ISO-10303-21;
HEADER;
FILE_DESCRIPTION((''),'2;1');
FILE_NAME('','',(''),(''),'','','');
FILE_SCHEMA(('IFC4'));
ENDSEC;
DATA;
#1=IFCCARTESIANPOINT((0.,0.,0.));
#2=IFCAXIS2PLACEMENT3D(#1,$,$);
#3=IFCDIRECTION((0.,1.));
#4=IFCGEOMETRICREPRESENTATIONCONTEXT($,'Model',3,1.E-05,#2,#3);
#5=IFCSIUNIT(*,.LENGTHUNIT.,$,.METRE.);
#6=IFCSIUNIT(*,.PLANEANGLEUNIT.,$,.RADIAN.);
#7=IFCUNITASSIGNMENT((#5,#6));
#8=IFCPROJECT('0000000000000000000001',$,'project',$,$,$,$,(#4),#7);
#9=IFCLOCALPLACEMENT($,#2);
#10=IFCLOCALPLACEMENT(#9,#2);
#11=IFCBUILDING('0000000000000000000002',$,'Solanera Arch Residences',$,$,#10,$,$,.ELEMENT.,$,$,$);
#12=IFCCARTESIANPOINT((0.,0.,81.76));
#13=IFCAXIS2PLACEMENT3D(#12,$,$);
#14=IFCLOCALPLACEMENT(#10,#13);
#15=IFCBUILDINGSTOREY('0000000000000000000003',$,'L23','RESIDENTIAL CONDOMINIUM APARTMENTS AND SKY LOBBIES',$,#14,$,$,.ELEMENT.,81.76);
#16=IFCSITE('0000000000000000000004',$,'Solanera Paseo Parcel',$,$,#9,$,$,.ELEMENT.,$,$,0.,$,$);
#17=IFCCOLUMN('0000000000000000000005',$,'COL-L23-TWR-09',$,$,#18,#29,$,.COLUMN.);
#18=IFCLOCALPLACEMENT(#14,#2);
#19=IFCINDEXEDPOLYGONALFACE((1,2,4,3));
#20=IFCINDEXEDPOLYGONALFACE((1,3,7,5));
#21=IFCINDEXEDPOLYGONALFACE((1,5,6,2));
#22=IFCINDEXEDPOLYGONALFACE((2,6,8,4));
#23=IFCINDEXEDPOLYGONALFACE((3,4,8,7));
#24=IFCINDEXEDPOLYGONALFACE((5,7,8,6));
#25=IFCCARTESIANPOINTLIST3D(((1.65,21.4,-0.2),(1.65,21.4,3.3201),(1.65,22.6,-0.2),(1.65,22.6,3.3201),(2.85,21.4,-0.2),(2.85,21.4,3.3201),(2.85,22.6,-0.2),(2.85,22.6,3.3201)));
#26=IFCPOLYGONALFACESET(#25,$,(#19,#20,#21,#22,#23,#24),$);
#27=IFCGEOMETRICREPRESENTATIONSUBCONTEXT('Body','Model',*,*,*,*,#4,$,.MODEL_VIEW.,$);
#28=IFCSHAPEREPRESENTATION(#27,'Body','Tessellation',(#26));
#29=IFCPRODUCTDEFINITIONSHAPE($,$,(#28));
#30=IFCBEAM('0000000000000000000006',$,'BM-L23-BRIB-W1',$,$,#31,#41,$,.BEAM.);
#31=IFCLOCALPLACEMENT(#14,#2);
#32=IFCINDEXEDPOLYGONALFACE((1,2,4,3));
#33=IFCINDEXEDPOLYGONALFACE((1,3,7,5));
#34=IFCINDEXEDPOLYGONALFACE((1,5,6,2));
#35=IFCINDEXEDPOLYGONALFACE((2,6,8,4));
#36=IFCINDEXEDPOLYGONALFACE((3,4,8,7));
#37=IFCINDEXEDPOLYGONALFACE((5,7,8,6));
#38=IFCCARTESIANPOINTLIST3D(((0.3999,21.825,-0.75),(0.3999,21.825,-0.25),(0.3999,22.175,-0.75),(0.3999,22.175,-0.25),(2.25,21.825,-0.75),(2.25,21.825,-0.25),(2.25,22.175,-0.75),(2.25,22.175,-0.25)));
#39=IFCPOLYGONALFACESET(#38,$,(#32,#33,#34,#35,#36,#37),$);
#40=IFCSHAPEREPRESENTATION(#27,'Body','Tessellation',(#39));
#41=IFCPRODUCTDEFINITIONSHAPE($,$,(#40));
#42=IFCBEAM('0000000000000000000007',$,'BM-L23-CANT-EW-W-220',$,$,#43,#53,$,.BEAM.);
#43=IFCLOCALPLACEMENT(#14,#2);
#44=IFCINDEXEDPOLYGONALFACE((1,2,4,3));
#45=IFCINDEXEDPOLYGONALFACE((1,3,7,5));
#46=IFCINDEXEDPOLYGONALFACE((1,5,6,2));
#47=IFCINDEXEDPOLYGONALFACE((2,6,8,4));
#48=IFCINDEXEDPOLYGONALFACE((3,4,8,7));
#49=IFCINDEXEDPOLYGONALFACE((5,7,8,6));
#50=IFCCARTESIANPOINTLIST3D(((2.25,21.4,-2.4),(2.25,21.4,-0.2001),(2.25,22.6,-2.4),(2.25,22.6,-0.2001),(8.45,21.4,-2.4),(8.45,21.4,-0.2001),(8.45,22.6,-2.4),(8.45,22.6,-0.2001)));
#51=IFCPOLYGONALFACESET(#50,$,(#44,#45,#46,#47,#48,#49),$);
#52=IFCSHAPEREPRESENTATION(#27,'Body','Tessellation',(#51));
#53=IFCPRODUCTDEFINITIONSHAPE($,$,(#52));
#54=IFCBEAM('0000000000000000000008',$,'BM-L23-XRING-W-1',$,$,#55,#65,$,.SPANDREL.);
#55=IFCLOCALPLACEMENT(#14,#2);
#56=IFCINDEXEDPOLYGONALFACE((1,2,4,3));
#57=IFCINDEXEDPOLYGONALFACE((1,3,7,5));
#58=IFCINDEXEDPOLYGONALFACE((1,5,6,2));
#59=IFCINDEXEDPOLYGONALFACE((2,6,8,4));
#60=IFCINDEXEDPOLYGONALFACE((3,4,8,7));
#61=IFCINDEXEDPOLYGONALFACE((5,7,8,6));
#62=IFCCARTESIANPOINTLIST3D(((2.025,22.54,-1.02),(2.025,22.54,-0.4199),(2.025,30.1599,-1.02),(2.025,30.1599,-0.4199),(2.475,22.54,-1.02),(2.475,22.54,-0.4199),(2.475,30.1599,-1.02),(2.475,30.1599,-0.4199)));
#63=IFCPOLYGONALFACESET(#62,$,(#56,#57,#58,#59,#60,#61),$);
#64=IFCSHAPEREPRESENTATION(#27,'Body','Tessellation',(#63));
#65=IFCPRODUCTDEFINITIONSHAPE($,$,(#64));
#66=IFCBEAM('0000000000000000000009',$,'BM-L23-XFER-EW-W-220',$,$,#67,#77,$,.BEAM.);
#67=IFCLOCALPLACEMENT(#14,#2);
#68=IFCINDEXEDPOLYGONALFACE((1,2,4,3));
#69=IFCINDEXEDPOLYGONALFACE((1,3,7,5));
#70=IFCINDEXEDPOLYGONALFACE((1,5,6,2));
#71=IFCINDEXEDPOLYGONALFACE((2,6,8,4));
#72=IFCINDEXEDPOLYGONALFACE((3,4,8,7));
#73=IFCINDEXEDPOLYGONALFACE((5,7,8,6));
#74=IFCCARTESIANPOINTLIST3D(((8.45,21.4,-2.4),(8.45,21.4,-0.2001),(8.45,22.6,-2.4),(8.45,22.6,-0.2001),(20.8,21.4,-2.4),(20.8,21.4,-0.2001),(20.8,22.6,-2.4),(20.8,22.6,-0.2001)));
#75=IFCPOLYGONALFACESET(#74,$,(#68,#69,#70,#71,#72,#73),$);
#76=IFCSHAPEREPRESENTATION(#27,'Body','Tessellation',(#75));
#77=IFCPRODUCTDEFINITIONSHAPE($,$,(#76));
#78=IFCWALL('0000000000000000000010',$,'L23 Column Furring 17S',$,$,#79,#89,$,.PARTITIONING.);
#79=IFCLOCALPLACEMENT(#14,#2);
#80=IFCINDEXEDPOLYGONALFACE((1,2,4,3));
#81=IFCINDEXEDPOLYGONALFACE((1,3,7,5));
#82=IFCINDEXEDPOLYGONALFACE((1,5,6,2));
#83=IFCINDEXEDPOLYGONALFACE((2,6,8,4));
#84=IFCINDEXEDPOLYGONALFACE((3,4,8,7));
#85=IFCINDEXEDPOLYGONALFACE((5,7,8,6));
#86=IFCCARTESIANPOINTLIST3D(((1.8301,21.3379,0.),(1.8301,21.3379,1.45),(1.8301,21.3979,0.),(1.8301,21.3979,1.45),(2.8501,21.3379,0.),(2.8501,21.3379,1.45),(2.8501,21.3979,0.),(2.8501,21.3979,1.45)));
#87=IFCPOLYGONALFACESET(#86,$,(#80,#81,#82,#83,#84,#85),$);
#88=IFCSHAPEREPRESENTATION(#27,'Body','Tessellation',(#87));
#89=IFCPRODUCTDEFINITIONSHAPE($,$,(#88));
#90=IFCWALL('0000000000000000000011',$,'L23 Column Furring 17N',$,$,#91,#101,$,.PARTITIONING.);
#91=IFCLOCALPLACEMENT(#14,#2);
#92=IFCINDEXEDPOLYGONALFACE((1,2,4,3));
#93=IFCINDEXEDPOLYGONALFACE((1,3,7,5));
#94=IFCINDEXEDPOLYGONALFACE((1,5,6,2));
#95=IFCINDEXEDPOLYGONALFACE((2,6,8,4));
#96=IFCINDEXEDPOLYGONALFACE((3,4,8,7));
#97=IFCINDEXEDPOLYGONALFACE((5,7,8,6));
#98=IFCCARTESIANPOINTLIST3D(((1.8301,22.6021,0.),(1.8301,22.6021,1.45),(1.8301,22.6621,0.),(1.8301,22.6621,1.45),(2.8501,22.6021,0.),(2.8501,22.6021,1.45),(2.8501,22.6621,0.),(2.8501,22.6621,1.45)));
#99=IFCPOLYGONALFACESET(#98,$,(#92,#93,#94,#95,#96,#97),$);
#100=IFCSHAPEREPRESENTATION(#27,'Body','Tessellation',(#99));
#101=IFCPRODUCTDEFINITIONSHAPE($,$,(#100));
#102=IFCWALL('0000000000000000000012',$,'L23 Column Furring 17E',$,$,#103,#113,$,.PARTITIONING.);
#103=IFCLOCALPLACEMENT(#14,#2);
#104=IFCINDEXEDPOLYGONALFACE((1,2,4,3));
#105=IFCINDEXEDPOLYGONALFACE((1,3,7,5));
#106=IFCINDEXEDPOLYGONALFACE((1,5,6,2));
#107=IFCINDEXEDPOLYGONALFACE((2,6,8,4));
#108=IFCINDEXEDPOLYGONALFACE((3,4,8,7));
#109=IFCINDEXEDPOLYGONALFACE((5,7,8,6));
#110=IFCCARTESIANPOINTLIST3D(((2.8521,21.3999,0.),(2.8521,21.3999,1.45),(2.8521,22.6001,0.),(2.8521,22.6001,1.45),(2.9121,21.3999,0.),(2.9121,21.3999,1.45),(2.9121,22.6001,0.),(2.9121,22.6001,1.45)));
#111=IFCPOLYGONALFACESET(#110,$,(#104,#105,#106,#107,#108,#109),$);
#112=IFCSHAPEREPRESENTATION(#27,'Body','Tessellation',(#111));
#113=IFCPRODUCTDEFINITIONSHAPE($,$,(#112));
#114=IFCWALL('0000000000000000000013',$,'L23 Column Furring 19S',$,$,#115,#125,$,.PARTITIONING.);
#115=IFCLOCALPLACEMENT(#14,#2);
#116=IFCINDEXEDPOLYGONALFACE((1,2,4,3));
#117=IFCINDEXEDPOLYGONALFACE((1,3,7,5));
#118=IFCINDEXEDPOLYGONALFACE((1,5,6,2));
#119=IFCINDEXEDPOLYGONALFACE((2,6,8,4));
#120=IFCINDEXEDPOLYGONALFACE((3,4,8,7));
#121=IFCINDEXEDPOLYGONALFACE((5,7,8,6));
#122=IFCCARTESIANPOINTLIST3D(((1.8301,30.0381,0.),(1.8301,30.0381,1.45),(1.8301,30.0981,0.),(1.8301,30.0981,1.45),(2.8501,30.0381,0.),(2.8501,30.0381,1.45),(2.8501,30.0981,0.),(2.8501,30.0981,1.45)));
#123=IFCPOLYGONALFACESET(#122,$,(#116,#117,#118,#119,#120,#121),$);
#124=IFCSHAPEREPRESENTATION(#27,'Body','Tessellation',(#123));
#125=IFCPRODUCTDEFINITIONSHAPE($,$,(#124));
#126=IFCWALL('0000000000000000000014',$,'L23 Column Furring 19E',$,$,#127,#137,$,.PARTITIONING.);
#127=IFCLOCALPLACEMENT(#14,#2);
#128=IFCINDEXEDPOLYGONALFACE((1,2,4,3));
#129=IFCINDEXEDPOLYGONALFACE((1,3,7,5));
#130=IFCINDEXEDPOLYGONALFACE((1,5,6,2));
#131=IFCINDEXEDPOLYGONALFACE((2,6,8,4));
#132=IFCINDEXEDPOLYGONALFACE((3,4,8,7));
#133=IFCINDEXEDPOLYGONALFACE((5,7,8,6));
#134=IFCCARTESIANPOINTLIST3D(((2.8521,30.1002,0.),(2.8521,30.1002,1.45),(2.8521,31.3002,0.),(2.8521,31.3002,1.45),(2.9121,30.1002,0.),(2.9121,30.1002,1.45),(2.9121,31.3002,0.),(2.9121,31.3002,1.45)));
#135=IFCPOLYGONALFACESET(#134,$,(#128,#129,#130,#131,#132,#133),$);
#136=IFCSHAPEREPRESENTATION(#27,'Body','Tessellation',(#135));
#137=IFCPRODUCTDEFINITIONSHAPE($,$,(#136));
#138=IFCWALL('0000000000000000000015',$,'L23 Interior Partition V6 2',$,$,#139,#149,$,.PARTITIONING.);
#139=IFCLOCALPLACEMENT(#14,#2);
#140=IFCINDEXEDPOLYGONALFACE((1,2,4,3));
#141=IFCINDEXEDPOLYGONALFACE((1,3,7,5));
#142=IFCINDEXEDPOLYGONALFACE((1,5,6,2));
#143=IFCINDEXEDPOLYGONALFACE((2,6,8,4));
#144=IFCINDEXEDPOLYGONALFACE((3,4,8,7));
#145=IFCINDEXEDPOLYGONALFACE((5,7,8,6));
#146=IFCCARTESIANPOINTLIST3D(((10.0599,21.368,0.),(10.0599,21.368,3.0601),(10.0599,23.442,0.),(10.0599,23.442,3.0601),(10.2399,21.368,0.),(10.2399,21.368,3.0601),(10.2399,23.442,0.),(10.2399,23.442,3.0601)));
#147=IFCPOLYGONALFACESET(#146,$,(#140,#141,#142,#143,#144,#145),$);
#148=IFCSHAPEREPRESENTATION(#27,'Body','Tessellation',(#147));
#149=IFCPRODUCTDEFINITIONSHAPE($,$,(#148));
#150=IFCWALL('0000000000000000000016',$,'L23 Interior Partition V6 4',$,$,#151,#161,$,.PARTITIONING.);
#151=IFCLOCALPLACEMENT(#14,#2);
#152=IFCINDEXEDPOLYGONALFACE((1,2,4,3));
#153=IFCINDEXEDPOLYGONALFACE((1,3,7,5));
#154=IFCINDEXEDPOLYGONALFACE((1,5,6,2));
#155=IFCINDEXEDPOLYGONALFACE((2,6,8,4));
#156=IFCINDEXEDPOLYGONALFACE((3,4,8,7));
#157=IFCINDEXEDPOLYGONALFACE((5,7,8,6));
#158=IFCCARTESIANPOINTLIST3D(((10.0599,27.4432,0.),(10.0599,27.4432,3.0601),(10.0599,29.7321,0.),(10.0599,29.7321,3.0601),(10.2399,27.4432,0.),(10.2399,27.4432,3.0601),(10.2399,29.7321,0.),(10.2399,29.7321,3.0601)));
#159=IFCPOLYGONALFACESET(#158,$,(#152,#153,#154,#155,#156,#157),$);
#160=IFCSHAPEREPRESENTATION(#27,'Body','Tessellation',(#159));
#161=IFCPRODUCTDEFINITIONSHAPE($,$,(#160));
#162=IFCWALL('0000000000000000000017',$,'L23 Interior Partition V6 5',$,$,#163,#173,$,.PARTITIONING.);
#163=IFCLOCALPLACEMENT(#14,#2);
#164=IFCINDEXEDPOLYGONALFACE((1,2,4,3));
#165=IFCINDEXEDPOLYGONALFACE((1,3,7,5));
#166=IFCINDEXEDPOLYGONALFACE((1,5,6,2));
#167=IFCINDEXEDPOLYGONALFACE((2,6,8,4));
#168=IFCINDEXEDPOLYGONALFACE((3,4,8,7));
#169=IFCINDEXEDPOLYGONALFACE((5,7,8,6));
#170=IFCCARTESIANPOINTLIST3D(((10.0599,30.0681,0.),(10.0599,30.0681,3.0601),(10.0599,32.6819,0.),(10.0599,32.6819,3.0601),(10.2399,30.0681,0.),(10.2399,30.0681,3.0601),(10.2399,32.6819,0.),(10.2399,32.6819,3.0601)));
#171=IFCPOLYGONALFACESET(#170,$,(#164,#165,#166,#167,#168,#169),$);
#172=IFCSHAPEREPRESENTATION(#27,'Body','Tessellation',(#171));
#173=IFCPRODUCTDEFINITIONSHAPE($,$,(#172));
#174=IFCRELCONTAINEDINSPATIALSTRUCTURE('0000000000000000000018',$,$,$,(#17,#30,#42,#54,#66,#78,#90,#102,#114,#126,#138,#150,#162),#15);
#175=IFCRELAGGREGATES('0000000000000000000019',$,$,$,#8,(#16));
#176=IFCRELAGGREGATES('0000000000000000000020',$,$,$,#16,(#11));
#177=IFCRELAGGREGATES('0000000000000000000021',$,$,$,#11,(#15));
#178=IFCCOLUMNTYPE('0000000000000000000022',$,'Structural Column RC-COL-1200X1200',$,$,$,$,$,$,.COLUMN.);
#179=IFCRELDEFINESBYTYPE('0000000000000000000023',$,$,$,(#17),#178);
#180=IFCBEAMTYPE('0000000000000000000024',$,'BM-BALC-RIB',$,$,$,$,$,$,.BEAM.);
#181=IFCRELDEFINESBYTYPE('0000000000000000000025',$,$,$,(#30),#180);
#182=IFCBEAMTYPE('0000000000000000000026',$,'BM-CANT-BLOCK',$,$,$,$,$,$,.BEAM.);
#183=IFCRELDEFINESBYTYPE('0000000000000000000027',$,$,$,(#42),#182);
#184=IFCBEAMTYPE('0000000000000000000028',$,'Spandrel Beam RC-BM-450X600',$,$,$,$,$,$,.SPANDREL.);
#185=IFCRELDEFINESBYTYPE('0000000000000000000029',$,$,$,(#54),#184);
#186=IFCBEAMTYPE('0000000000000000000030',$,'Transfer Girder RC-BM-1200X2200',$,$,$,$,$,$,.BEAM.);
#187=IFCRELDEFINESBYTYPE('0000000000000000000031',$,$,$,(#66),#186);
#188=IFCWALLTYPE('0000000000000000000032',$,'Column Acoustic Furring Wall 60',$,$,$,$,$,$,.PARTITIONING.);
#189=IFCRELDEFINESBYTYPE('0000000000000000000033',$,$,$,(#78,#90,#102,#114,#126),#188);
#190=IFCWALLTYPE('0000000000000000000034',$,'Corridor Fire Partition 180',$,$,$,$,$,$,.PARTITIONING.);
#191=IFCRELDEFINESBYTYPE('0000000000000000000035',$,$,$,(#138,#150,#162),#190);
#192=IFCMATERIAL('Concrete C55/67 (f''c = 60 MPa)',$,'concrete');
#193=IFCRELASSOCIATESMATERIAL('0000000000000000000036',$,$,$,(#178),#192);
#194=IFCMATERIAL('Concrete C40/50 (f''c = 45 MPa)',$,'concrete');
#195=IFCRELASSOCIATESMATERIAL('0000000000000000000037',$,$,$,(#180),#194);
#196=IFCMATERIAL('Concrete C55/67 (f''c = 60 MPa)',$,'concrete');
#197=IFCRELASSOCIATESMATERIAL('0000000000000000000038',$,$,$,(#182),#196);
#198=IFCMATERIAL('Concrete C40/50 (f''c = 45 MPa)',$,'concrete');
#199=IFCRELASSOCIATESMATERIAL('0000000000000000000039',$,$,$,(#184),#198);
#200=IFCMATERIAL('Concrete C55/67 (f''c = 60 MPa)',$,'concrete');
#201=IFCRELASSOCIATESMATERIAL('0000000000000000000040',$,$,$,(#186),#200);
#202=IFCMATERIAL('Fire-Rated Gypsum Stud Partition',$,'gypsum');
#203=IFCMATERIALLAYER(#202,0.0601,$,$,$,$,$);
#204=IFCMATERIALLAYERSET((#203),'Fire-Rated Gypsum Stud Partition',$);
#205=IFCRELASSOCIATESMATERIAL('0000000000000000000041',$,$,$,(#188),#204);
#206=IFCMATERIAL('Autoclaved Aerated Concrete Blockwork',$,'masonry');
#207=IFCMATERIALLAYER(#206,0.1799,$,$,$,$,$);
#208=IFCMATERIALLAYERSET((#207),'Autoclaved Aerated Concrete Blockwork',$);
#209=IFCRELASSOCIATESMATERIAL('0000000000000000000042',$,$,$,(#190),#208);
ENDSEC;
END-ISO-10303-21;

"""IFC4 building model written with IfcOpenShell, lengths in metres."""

from ifc_helpers import new_model, si_unit, direction, frame, frame_2d, origin, origin_2d, place, context, subcontext, project, spatial, rectangle, extrude, material, layer, layer_set, material_profile, profile_set, type_object, element, save


model = new_model("IFC4")

# Units and contexts
model_context = context("Model", 3, precision=1e-05, world=origin(), true_north=direction((0.0, 1.0)))
body_context = subcontext(model_context, "Body", "Model", "MODEL_VIEW")
ifc_project = project(units=[si_unit("LENGTHUNIT", "METRE"), si_unit("PLANEANGLEUNIT", "RADIAN")], contexts=[model_context])

# Site, building, storey
site_placement = place(None, origin())
site = spatial("IfcSite", under=ifc_project, at=site_placement, Name="Solanera Paseo Parcel", CompositionType="ELEMENT", RefElevation=0.0)
building_placement = place(site_placement, origin())
building = spatial("IfcBuilding", under=site, at=building_placement, Name="Solanera Arch Residences", CompositionType="ELEMENT")
storey_placement = place(building_placement, frame((0.0, 0.0, 81.76)))
storey = spatial("IfcBuildingStorey", under=building, at=storey_placement, Name="L23", Description="RESIDENTIAL CONDOMINIUM APARTMENTS AND SKY LOBBIES", CompositionType="ELEMENT", Elevation=81.76)

# Column
ifc_material_1 = material(Name="Concrete C55/67 (f'c = 60 MPa)", Category="concrete")
ifc_material_profile_1 = material_profile(ifc_material_1, rectangle(XDim=1.2, YDim=1.2, at=origin_2d()))
ifc_profile_set_1 = profile_set([ifc_material_profile_1], Name="Concrete C55/67 (f'c = 60 MPa)")
column_type = type_object("IfcColumnType", Name="Structural Column RC-COL-1200X1200", PredefinedType="COLUMN", material=ifc_profile_set_1)
column_placement = place(storey_placement, frame((2.25, 22.0, -0.2), z_axis=(0.0, 0.0, 1.0), x_axis=(1.0, 0.0, 0.0)))
element("IfcColumn", 1, at=column_placement, inside=storey, type_object=column_type, Name="COL-L23-TWR-09", PredefinedType="COLUMN", context=body_context, shape_type="SweptSolid", body=[
    extrude(rectangle(XDim=1.2, YDim=1.2, at=origin_2d()), origin(), (0.0, 0.0, 1.0), 3.52),
])

# Beams
ifc_material_2 = material(Name="Concrete C40/50 (f'c = 45 MPa)", Category="concrete")
ifc_material_profile_2 = material_profile(ifc_material_2, rectangle(XDim=0.3501, YDim=0.5, at=origin_2d()))
ifc_profile_set_2 = profile_set([ifc_material_profile_2], Name="Concrete C40/50 (f'c = 45 MPa)")
beam_type_1 = type_object("IfcBeamType", Name="BM-BALC-RIB", PredefinedType="BEAM", material=ifc_profile_set_2)
beam_1_placement = place(storey_placement, frame((0.3999, 22.0, -0.5), z_axis=(1.0, 0.0, 0.0), x_axis=(0.0, 1.0, 0.0)))
element("IfcBeam", 2, at=beam_1_placement, inside=storey, type_object=beam_type_1, Name="BM-L23-BRIB-W1", PredefinedType="BEAM", context=body_context, shape_type="SweptSolid", body=[
    extrude(rectangle(XDim=0.3501, YDim=0.5, at=origin_2d()), origin(), (0.0, 0.0, 1.0), 1.8501),
])
ifc_material_3 = material(Name="Concrete C55/67 (f'c = 60 MPa)", Category="concrete")
ifc_material_profile_3 = material_profile(ifc_material_3, rectangle(XDim=1.2, YDim=2.2, at=origin_2d()))
ifc_profile_set_3 = profile_set([ifc_material_profile_3], Name="Concrete C55/67 (f'c = 60 MPa)")
beam_type_2 = type_object("IfcBeamType", Name="BM-CANT-BLOCK", PredefinedType="BEAM", material=ifc_profile_set_3)
beam_2_placement = place(storey_placement, frame((2.25, 22.0, -1.3), z_axis=(1.0, 0.0, 0.0), x_axis=(0.0, 1.0, 0.0)))
element("IfcBeam", 3, at=beam_2_placement, inside=storey, type_object=beam_type_2, Name="BM-L23-CANT-EW-W-220", PredefinedType="BEAM", context=body_context, shape_type="SweptSolid", body=[
    extrude(rectangle(XDim=1.2, YDim=2.2, at=origin_2d()), origin(), (0.0, 0.0, 1.0), 6.2),
])
ifc_material_4 = material(Name="Concrete C40/50 (f'c = 45 MPa)", Category="concrete")
ifc_material_profile_4 = material_profile(ifc_material_4, rectangle(XDim=0.45, YDim=0.6001, at=origin_2d()))
ifc_profile_set_4 = profile_set([ifc_material_profile_4], Name="Concrete C40/50 (f'c = 45 MPa)")
beam_type_3 = type_object("IfcBeamType", Name="Spandrel Beam RC-BM-450X600", PredefinedType="SPANDREL", material=ifc_profile_set_4)
beam_3_placement = place(storey_placement, frame((2.25, 22.54, -0.72), z_axis=(0.0, 1.0, 0.0), x_axis=(-1.0, 0.0, 0.0)))
element("IfcBeam", 4, at=beam_3_placement, inside=storey, type_object=beam_type_3, Name="BM-L23-XRING-W-1", PredefinedType="SPANDREL", context=body_context, shape_type="SweptSolid", body=[
    extrude(rectangle(XDim=0.45, YDim=0.6001, at=origin_2d()), origin(), (0.0, 0.0, 1.0), 7.6199),
])
ifc_material_5 = material(Name="Concrete C55/67 (f'c = 60 MPa)", Category="concrete")
ifc_material_profile_5 = material_profile(ifc_material_5, rectangle(XDim=1.2, YDim=2.2, at=origin_2d()))
ifc_profile_set_5 = profile_set([ifc_material_profile_5], Name="Concrete C55/67 (f'c = 60 MPa)")
beam_type_4 = type_object("IfcBeamType", Name="Transfer Girder RC-BM-1200X2200", PredefinedType="BEAM", material=ifc_profile_set_5)
beam_4_placement = place(storey_placement, frame((8.45, 22.0, -1.3), z_axis=(1.0, 0.0, 0.0), x_axis=(0.0, 1.0, 0.0)))
element("IfcBeam", 5, at=beam_4_placement, inside=storey, type_object=beam_type_4, Name="BM-L23-XFER-EW-W-220", PredefinedType="BEAM", context=body_context, shape_type="SweptSolid", body=[
    extrude(rectangle(XDim=1.2, YDim=2.2, at=origin_2d()), origin(), (0.0, 0.0, 1.0), 12.3501),
])

# Walls
ifc_material_6 = material(Name="Fire-Rated Gypsum Stud Partition", Category="gypsum")
ifc_layer_1 = layer(ifc_material_6, 0.0601)
ifc_layer_set_1 = layer_set([ifc_layer_1], Name="Fire-Rated Gypsum Stud Partition")
wall_type_1 = type_object("IfcWallType", Name="Column Acoustic Furring Wall 60", PredefinedType="PARTITIONING", material=ifc_layer_set_1)
for number, where, z_axis, x_axis, name in (
    (6, (1.8301, 21.3679, 0.0), (0.0, 0.0, 1.0), (1.0, 0.0, 0.0), "L23 Column Furring 17S"),
    (7, (1.8301, 22.6321, 0.0), (0.0, 0.0, 1.0), (1.0, 0.0, 0.0), "L23 Column Furring 17N"),
):
    element("IfcWall", number, at=place(storey_placement, frame(where, z_axis=z_axis, x_axis=x_axis)), inside=storey, type_object=wall_type_1, Name=name, PredefinedType="PARTITIONING", context=body_context, shape_type="SweptSolid", body=[
        extrude(rectangle(XDim=1.02, YDim=0.0601, at=frame_2d((0.51, 0.0))), origin(), (0.0, 0.0, 1.0), 1.45),
    ])
wall_1_placement = place(storey_placement, frame((2.8821, 21.3999, 0.0), z_axis=(0.0, 0.0, 1.0), x_axis=(0.0, 1.0, 0.0)))
element("IfcWall", 8, at=wall_1_placement, inside=storey, type_object=wall_type_1, Name="L23 Column Furring 17E", PredefinedType="PARTITIONING", context=body_context, shape_type="SweptSolid", body=[
    extrude(rectangle(XDim=1.2002, YDim=0.0601, at=frame_2d((0.6001, 0.0))), origin(), (0.0, 0.0, 1.0), 1.45),
])
wall_2_placement = place(storey_placement, frame((1.8301, 30.0681, 0.0), z_axis=(0.0, 0.0, 1.0), x_axis=(1.0, 0.0, 0.0)))
element("IfcWall", 9, at=wall_2_placement, inside=storey, type_object=wall_type_1, Name="L23 Column Furring 19S", PredefinedType="PARTITIONING", context=body_context, shape_type="SweptSolid", body=[
    extrude(rectangle(XDim=1.02, YDim=0.0601, at=frame_2d((0.51, 0.0))), origin(), (0.0, 0.0, 1.0), 1.45),
])
wall_3_placement = place(storey_placement, frame((2.8821, 30.1001, 0.0), z_axis=(0.0, 0.0, 1.0), x_axis=(0.0, 1.0, 0.0)))
element("IfcWall", 10, at=wall_3_placement, inside=storey, type_object=wall_type_1, Name="L23 Column Furring 19E", PredefinedType="PARTITIONING", context=body_context, shape_type="SweptSolid", body=[
    extrude(rectangle(XDim=1.2, YDim=0.0601, at=frame_2d((0.6001, 0.0))), origin(), (0.0, 0.0, 1.0), 1.45),
])
ifc_material_7 = material(Name="Autoclaved Aerated Concrete Blockwork", Category="masonry")
ifc_layer_2 = layer(ifc_material_7, 0.1799)
ifc_layer_set_2 = layer_set([ifc_layer_2], Name="Autoclaved Aerated Concrete Blockwork")
wall_type_2 = type_object("IfcWallType", Name="Corridor Fire Partition 180", PredefinedType="PARTITIONING", material=ifc_layer_set_2)
wall_4_placement = place(storey_placement, frame((10.1499, 21.3679, 0.0), z_axis=(0.0, 0.0, 1.0), x_axis=(0.0, 1.0, 0.0)))
element("IfcWall", 11, at=wall_4_placement, inside=storey, type_object=wall_type_2, Name="L23 Interior Partition V6 2", PredefinedType="PARTITIONING", context=body_context, shape_type="SweptSolid", body=[
    extrude(rectangle(XDim=2.074, YDim=0.1799, at=frame_2d((1.0371, 0.0))), origin(), (0.0, 0.0, 1.0), 3.0601),
])

# Walls
wall_5_placement = place(storey_placement, frame((10.1499, 27.4431, 0.0), z_axis=(0.0, 0.0, 1.0), x_axis=(0.0, 1.0, 0.0)))
element("IfcWall", 12, at=wall_5_placement, inside=storey, type_object=wall_type_2, Name="L23 Interior Partition V6 4", PredefinedType="PARTITIONING", context=body_context, shape_type="SweptSolid", body=[
    extrude(rectangle(XDim=2.2888, YDim=0.1799, at=frame_2d((1.1445, 0.0))), origin(), (0.0, 0.0, 1.0), 3.0601),
])
wall_6_placement = place(storey_placement, frame((10.1499, 30.0681, 0.0), z_axis=(0.0, 0.0, 1.0), x_axis=(0.0, 1.0, 0.0)))
element("IfcWall", 13, at=wall_6_placement, inside=storey, type_object=wall_type_2, Name="L23 Interior Partition V6 5", PredefinedType="PARTITIONING", context=body_context, shape_type="SweptSolid", body=[
    extrude(rectangle(XDim=2.6138, YDim=0.1799, at=frame_2d((1.3069, 0.0))), origin(), (0.0, 0.0, 1.0), 3.0601),
])

save(model, "model.ifc")
